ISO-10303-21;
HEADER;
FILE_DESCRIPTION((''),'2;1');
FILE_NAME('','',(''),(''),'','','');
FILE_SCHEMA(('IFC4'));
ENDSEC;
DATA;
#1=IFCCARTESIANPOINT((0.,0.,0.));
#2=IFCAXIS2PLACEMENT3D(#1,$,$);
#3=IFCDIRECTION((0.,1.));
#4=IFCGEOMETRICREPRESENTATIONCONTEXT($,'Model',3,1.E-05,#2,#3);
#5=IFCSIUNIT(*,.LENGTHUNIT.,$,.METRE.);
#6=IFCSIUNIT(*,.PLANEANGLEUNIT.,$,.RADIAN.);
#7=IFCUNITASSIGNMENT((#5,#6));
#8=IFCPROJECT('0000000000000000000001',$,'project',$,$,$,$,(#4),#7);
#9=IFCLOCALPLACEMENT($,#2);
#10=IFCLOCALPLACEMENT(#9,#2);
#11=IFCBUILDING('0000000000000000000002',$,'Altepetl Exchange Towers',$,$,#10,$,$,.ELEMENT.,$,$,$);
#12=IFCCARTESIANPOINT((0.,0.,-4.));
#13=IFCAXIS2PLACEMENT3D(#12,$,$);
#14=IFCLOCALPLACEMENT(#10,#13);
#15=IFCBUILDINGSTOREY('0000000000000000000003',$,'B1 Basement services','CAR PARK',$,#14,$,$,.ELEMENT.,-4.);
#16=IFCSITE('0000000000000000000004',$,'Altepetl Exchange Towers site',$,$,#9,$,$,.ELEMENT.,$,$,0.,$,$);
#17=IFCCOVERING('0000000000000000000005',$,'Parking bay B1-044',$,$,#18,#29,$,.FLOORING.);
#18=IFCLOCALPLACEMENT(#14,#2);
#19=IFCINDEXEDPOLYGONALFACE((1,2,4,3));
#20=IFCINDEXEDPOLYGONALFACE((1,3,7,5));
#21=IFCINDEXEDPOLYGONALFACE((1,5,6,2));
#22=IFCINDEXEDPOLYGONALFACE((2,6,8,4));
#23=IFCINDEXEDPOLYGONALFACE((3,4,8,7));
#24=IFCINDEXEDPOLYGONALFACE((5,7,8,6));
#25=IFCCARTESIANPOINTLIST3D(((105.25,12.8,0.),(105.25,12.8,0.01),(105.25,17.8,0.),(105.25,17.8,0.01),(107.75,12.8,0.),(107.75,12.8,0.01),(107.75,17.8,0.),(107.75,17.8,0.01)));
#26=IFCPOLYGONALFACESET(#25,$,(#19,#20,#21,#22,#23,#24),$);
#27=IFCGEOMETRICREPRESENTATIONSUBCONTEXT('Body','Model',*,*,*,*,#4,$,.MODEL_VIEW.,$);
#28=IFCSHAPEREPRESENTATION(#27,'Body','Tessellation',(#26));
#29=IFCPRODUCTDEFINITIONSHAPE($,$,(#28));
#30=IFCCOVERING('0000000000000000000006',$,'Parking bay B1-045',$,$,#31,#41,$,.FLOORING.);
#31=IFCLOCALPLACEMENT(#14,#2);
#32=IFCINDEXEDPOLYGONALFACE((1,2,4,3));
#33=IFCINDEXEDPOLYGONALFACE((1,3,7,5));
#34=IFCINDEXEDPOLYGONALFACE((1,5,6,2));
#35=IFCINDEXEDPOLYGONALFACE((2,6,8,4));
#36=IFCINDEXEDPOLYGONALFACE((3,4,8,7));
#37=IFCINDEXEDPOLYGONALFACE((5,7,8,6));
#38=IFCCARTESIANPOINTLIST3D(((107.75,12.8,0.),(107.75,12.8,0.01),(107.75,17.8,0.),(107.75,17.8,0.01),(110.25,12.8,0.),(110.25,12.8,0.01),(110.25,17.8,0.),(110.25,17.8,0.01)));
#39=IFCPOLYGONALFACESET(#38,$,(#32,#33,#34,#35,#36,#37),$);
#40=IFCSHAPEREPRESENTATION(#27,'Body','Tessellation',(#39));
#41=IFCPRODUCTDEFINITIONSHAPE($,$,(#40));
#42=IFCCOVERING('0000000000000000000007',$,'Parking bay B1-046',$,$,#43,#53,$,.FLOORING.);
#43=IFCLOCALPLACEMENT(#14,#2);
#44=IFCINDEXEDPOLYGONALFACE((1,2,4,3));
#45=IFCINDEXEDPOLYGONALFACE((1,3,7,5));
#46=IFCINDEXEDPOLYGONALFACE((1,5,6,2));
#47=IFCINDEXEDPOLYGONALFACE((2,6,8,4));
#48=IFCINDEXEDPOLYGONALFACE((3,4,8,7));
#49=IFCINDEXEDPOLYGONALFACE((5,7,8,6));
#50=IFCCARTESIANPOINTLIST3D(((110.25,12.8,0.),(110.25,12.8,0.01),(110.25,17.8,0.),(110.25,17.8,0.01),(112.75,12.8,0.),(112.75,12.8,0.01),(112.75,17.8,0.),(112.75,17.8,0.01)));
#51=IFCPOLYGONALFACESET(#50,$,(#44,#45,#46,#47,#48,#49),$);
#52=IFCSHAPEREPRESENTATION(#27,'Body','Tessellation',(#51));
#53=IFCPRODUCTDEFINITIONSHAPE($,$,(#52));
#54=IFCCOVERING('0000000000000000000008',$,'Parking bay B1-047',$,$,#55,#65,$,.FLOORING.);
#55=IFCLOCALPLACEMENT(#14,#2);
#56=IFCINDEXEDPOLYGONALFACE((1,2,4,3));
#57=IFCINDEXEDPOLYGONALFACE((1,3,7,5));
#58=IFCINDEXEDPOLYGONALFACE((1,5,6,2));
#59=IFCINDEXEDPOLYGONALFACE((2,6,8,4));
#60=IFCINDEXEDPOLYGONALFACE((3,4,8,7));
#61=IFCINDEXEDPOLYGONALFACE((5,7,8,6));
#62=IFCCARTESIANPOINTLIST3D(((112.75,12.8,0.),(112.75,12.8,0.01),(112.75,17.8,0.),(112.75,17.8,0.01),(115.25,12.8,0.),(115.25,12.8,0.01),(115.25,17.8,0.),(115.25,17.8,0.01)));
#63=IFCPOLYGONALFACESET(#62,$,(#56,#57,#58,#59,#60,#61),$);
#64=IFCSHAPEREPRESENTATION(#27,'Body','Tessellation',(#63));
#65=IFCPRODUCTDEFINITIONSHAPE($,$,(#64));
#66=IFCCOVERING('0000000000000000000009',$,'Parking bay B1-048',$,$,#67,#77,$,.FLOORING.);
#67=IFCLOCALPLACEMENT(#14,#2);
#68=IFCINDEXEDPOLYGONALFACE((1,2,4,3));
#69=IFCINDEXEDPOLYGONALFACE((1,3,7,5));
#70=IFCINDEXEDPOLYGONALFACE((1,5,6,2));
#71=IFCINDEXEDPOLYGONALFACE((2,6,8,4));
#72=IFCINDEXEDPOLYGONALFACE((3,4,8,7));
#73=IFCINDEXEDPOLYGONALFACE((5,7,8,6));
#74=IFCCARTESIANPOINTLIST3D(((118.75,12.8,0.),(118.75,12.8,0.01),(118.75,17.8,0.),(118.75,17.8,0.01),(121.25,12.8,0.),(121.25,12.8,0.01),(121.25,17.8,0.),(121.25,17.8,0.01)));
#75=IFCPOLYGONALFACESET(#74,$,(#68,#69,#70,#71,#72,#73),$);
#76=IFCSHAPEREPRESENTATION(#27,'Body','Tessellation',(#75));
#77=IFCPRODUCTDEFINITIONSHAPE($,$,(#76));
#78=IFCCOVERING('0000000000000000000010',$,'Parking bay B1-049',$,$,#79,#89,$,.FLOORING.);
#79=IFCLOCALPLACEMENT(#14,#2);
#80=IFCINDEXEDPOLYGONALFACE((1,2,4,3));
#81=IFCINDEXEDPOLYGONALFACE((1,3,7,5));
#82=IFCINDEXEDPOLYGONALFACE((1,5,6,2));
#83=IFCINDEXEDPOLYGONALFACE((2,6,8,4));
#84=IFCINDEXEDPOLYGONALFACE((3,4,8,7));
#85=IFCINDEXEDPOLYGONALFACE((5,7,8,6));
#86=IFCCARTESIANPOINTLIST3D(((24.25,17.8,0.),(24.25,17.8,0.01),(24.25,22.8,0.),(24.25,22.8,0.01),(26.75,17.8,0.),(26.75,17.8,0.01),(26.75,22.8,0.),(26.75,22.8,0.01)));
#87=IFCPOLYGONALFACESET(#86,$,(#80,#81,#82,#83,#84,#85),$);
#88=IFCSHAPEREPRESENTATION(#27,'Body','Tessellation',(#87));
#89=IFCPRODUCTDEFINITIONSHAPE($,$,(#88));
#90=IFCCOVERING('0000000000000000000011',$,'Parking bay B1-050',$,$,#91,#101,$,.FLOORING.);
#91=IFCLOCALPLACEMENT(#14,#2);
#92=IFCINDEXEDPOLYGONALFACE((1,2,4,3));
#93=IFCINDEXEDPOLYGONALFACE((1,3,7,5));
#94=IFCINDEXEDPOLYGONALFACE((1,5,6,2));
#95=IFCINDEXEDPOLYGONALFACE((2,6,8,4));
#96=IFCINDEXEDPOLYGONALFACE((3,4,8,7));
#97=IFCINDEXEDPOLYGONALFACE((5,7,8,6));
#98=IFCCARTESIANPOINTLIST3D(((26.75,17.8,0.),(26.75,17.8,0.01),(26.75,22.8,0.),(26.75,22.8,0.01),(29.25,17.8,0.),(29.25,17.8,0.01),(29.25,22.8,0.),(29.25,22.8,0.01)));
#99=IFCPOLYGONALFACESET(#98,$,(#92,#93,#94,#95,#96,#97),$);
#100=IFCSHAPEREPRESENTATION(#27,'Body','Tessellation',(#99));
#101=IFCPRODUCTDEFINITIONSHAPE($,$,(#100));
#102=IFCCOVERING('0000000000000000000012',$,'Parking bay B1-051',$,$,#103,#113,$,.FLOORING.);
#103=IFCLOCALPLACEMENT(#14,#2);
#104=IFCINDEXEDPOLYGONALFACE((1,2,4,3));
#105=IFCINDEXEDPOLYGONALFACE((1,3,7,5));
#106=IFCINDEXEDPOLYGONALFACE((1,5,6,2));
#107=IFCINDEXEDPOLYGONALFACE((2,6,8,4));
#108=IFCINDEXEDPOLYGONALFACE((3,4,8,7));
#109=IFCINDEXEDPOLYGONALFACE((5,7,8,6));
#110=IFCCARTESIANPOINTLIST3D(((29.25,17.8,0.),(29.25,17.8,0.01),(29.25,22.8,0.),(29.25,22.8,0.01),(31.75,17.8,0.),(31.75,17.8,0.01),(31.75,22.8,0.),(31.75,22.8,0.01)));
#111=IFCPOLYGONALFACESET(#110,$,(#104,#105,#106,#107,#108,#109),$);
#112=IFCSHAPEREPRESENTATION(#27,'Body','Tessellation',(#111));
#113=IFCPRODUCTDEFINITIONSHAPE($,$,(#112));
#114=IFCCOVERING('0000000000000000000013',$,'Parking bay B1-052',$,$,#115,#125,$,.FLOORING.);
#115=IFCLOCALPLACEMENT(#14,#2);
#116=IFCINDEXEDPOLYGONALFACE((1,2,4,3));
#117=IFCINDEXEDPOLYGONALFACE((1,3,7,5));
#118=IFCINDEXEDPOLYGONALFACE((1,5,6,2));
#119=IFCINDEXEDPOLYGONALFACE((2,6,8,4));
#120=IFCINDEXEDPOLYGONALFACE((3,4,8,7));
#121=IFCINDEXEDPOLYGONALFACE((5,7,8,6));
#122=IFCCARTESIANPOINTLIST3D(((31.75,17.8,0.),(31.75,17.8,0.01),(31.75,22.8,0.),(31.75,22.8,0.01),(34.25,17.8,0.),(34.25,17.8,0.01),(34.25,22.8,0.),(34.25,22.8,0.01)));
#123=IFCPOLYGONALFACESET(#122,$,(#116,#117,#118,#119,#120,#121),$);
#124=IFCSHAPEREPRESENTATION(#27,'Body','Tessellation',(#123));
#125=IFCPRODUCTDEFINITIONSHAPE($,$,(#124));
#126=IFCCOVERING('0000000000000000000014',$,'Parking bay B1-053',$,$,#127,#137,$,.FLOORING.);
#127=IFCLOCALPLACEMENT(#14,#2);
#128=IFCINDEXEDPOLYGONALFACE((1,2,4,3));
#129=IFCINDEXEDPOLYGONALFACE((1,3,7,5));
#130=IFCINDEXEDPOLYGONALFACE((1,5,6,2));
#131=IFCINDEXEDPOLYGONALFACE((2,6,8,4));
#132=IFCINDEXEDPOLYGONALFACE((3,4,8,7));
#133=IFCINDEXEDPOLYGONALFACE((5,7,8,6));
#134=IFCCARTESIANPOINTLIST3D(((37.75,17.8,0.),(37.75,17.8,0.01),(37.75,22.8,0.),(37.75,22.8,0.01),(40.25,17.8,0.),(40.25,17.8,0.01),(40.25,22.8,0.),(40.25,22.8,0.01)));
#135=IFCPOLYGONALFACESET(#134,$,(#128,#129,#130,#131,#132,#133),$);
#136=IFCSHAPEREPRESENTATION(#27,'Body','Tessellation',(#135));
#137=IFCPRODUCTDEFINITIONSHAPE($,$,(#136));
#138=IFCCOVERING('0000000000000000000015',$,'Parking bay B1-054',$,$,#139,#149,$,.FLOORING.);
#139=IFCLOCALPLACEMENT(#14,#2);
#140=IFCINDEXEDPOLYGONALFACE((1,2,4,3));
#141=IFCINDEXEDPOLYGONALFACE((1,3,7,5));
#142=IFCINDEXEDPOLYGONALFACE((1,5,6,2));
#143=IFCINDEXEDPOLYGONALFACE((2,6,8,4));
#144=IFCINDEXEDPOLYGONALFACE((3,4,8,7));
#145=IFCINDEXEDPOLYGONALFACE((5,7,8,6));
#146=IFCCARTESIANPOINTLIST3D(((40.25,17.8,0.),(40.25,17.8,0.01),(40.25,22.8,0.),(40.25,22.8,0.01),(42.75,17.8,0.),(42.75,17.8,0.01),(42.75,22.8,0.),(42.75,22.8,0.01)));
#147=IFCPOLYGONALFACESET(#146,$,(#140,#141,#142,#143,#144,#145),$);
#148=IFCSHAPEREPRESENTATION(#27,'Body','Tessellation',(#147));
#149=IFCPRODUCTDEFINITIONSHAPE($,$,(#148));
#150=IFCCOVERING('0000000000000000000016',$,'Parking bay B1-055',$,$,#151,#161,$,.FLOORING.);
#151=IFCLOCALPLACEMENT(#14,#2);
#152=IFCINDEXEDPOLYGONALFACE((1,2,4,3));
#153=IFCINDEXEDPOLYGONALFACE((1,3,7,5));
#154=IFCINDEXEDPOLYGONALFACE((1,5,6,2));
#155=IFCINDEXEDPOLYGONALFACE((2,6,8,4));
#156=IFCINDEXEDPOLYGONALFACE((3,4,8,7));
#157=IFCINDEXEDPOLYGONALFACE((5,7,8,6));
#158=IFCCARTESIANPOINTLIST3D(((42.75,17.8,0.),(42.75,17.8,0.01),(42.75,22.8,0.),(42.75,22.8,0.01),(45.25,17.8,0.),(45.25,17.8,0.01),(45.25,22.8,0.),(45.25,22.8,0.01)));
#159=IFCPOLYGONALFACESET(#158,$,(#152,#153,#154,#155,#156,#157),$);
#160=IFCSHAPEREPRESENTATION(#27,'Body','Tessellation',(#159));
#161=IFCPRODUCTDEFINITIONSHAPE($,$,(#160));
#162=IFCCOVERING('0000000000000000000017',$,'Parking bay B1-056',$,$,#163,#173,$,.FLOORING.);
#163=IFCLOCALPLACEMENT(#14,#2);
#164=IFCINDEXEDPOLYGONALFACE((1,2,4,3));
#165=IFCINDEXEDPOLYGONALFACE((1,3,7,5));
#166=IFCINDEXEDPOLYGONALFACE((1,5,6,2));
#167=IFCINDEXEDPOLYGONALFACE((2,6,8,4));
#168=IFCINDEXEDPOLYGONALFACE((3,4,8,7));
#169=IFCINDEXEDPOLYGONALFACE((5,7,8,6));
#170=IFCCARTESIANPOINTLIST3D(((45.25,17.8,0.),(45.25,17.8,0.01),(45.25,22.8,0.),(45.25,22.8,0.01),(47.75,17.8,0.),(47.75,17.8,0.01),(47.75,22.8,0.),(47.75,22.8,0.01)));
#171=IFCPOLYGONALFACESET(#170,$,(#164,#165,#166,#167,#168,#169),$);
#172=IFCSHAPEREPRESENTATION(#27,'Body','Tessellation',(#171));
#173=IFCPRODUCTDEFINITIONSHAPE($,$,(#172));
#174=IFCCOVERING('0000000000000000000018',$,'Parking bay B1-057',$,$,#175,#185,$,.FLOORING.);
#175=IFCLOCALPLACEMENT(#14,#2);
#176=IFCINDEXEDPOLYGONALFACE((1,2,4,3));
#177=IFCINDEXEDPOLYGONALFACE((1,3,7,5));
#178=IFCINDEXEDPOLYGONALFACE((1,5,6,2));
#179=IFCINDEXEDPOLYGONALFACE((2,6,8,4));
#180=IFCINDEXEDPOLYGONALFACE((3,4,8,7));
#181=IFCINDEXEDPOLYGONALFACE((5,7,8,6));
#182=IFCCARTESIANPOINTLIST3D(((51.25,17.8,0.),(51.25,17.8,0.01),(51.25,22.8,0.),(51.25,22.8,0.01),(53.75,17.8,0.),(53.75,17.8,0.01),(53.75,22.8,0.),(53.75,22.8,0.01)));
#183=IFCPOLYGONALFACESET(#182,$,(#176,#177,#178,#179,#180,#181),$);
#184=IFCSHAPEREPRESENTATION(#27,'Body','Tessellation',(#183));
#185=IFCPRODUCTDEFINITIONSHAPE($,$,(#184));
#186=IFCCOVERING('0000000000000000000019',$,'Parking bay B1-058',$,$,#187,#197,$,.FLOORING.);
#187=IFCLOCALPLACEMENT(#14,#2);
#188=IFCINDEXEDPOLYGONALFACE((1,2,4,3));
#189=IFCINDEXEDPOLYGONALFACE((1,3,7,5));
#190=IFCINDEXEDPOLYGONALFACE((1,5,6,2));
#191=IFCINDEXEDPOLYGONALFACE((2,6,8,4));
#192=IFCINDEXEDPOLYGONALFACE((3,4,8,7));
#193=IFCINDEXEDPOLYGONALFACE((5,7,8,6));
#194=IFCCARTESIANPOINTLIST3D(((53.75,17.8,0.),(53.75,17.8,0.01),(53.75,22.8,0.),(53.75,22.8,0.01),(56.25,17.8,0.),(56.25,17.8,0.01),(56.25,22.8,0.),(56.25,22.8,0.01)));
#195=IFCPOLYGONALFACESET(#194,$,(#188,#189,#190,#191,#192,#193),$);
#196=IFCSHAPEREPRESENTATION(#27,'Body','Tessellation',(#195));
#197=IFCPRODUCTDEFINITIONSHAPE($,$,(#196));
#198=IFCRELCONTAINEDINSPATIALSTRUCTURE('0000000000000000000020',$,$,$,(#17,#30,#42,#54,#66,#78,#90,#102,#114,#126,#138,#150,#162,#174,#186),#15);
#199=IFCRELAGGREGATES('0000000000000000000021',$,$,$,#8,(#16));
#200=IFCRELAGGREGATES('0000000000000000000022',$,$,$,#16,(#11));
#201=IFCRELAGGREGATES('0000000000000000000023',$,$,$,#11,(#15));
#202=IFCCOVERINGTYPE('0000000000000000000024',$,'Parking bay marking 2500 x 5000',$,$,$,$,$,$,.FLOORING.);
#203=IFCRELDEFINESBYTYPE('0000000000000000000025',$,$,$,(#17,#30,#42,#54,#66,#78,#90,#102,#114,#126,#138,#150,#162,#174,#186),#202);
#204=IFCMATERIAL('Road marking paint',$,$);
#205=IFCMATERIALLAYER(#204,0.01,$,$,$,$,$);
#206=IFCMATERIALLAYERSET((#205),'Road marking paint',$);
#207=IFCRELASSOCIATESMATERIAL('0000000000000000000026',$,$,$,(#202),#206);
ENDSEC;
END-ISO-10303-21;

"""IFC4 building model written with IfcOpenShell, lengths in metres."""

from ifc_helpers import new_model, si_unit, direction, frame, origin, place, context, subcontext, project, spatial, polyline, outline, extrude, material, layer, layer_set, type_object, element, save


model = new_model("IFC4")

# Units and contexts
model_context = context("Model", 3, precision=1e-05, world=origin(), true_north=direction((0.0, 1.0)))
body_context = subcontext(model_context, "Body", "Model", "MODEL_VIEW")
ifc_project = project(units=[si_unit("LENGTHUNIT", "METRE"), si_unit("PLANEANGLEUNIT", "RADIAN")], contexts=[model_context])

# Site, building, storey
site_placement = place(None, origin())
site = spatial("IfcSite", under=ifc_project, at=site_placement, Name="Altepetl Exchange Towers site", CompositionType="ELEMENT", RefElevation=0.0)
building_placement = place(site_placement, origin())
building = spatial("IfcBuilding", under=site, at=building_placement, Name="Altepetl Exchange Towers", CompositionType="ELEMENT")
storey_placement = place(building_placement, frame((0.0, 0.0, -4.0)))
storey = spatial("IfcBuildingStorey", under=building, at=storey_placement, Name="B1 Basement services", Description="CAR PARK", CompositionType="ELEMENT", Elevation=-4.0)

# Coverings
ifc_material = material(Name="Road marking paint")
ifc_layer = layer(ifc_material, 0.01)
ifc_layer_set = layer_set([ifc_layer], Name="Road marking paint")
covering_type = type_object("IfcCoveringType", Name="Parking bay marking 2500 x 5000", PredefinedType="FLOORING", material=ifc_layer_set)
covering_1_placement = place(storey_placement, origin())
element("IfcCovering", 1, at=covering_1_placement, inside=storey, type_object=covering_type, Name="Parking bay B1-044", PredefinedType="FLOORING", context=body_context, shape_type="SweptSolid", body=[
    extrude(outline(polyline([(105.25, 12.8), (107.75, 12.8), (107.75, 17.8), (105.25, 17.8), (105.25, 12.8)])), origin(), (0.0, 0.0, 1.0), 0.01),
])
covering_2_placement = place(storey_placement, origin())
element("IfcCovering", 2, at=covering_2_placement, inside=storey, type_object=covering_type, Name="Parking bay B1-045", PredefinedType="FLOORING", context=body_context, shape_type="SweptSolid", body=[
    extrude(outline(polyline([(107.75, 12.8), (110.25, 12.8), (110.25, 17.8), (107.75, 17.8), (107.75, 12.8)])), origin(), (0.0, 0.0, 1.0), 0.01),
])
covering_3_placement = place(storey_placement, origin())
element("IfcCovering", 3, at=covering_3_placement, inside=storey, type_object=covering_type, Name="Parking bay B1-046", PredefinedType="FLOORING", context=body_context, shape_type="SweptSolid", body=[
    extrude(outline(polyline([(110.25, 12.8), (112.75, 12.8), (112.75, 17.8), (110.25, 17.8), (110.25, 12.8)])), origin(), (0.0, 0.0, 1.0), 0.01),
])
covering_4_placement = place(storey_placement, origin())
element("IfcCovering", 4, at=covering_4_placement, inside=storey, type_object=covering_type, Name="Parking bay B1-047", PredefinedType="FLOORING", context=body_context, shape_type="SweptSolid", body=[
    extrude(outline(polyline([(112.75, 12.8), (115.25, 12.8), (115.25, 17.8), (112.75, 17.8), (112.75, 12.8)])), origin(), (0.0, 0.0, 1.0), 0.01),
])
covering_5_placement = place(storey_placement, origin())
element("IfcCovering", 5, at=covering_5_placement, inside=storey, type_object=covering_type, Name="Parking bay B1-048", PredefinedType="FLOORING", context=body_context, shape_type="SweptSolid", body=[
    extrude(outline(polyline([(118.75, 12.8), (121.25, 12.8), (121.25, 17.8), (118.75, 17.8), (118.75, 12.8)])), origin(), (0.0, 0.0, 1.0), 0.01),
])
covering_6_placement = place(storey_placement, origin())
element("IfcCovering", 6, at=covering_6_placement, inside=storey, type_object=covering_type, Name="Parking bay B1-049", PredefinedType="FLOORING", context=body_context, shape_type="SweptSolid", body=[
    extrude(outline(polyline([(24.25, 17.8), (26.75, 17.8), (26.75, 22.8), (24.25, 22.8), (24.25, 17.8)])), origin(), (0.0, 0.0, 1.0), 0.01),
])
covering_7_placement = place(storey_placement, origin())
element("IfcCovering", 7, at=covering_7_placement, inside=storey, type_object=covering_type, Name="Parking bay B1-050", PredefinedType="FLOORING", context=body_context, shape_type="SweptSolid", body=[
    extrude(outline(polyline([(26.75, 17.8), (29.25, 17.8), (29.25, 22.8), (26.75, 22.8), (26.75, 17.8)])), origin(), (0.0, 0.0, 1.0), 0.01),
])
covering_8_placement = place(storey_placement, origin())
element("IfcCovering", 8, at=covering_8_placement, inside=storey, type_object=covering_type, Name="Parking bay B1-051", PredefinedType="FLOORING", context=body_context, shape_type="SweptSolid", body=[
    extrude(outline(polyline([(29.25, 17.8), (31.75, 17.8), (31.75, 22.8), (29.25, 22.8), (29.25, 17.8)])), origin(), (0.0, 0.0, 1.0), 0.01),
])
covering_9_placement = place(storey_placement, origin())
element("IfcCovering", 9, at=covering_9_placement, inside=storey, type_object=covering_type, Name="Parking bay B1-052", PredefinedType="FLOORING", context=body_context, shape_type="SweptSolid", body=[
    extrude(outline(polyline([(31.75, 17.8), (34.25, 17.8), (34.25, 22.8), (31.75, 22.8), (31.75, 17.8)])), origin(), (0.0, 0.0, 1.0), 0.01),
])
covering_10_placement = place(storey_placement, origin())
element("IfcCovering", 10, at=covering_10_placement, inside=storey, type_object=covering_type, Name="Parking bay B1-053", PredefinedType="FLOORING", context=body_context, shape_type="SweptSolid", body=[
    extrude(outline(polyline([(37.75, 17.8), (40.25, 17.8), (40.25, 22.8), (37.75, 22.8), (37.75, 17.8)])), origin(), (0.0, 0.0, 1.0), 0.01),
])
covering_11_placement = place(storey_placement, origin())
element("IfcCovering", 11, at=covering_11_placement, inside=storey, type_object=covering_type, Name="Parking bay B1-054", PredefinedType="FLOORING", context=body_context, shape_type="SweptSolid", body=[
    extrude(outline(polyline([(40.25, 17.8), (42.75, 17.8), (42.75, 22.8), (40.25, 22.8), (40.25, 17.8)])), origin(), (0.0, 0.0, 1.0), 0.01),
])
covering_12_placement = place(storey_placement, origin())
element("IfcCovering", 12, at=covering_12_placement, inside=storey, type_object=covering_type, Name="Parking bay B1-055", PredefinedType="FLOORING", context=body_context, shape_type="SweptSolid", body=[
    extrude(outline(polyline([(42.75, 17.8), (45.25, 17.8), (45.25, 22.8), (42.75, 22.8), (42.75, 17.8)])), origin(), (0.0, 0.0, 1.0), 0.01),
])
covering_13_placement = place(storey_placement, origin())
element("IfcCovering", 13, at=covering_13_placement, inside=storey, type_object=covering_type, Name="Parking bay B1-056", PredefinedType="FLOORING", context=body_context, shape_type="SweptSolid", body=[
    extrude(outline(polyline([(45.25, 17.8), (47.75, 17.8), (47.75, 22.8), (45.25, 22.8), (45.25, 17.8)])), origin(), (0.0, 0.0, 1.0), 0.01),
])
covering_14_placement = place(storey_placement, origin())
element("IfcCovering", 14, at=covering_14_placement, inside=storey, type_object=covering_type, Name="Parking bay B1-057", PredefinedType="FLOORING", context=body_context, shape_type="SweptSolid", body=[
    extrude(outline(polyline([(51.25, 17.8), (53.75, 17.8), (53.75, 22.8), (51.25, 22.8), (51.25, 17.8)])), origin(), (0.0, 0.0, 1.0), 0.01),
])
covering_15_placement = place(storey_placement, origin())
element("IfcCovering", 15, at=covering_15_placement, inside=storey, type_object=covering_type, Name="Parking bay B1-058", PredefinedType="FLOORING", context=body_context, shape_type="SweptSolid", body=[
    extrude(outline(polyline([(53.75, 17.8), (56.25, 17.8), (56.25, 22.8), (53.75, 22.8), (53.75, 17.8)])), origin(), (0.0, 0.0, 1.0), 0.01),
])

save(model, "model.ifc")
